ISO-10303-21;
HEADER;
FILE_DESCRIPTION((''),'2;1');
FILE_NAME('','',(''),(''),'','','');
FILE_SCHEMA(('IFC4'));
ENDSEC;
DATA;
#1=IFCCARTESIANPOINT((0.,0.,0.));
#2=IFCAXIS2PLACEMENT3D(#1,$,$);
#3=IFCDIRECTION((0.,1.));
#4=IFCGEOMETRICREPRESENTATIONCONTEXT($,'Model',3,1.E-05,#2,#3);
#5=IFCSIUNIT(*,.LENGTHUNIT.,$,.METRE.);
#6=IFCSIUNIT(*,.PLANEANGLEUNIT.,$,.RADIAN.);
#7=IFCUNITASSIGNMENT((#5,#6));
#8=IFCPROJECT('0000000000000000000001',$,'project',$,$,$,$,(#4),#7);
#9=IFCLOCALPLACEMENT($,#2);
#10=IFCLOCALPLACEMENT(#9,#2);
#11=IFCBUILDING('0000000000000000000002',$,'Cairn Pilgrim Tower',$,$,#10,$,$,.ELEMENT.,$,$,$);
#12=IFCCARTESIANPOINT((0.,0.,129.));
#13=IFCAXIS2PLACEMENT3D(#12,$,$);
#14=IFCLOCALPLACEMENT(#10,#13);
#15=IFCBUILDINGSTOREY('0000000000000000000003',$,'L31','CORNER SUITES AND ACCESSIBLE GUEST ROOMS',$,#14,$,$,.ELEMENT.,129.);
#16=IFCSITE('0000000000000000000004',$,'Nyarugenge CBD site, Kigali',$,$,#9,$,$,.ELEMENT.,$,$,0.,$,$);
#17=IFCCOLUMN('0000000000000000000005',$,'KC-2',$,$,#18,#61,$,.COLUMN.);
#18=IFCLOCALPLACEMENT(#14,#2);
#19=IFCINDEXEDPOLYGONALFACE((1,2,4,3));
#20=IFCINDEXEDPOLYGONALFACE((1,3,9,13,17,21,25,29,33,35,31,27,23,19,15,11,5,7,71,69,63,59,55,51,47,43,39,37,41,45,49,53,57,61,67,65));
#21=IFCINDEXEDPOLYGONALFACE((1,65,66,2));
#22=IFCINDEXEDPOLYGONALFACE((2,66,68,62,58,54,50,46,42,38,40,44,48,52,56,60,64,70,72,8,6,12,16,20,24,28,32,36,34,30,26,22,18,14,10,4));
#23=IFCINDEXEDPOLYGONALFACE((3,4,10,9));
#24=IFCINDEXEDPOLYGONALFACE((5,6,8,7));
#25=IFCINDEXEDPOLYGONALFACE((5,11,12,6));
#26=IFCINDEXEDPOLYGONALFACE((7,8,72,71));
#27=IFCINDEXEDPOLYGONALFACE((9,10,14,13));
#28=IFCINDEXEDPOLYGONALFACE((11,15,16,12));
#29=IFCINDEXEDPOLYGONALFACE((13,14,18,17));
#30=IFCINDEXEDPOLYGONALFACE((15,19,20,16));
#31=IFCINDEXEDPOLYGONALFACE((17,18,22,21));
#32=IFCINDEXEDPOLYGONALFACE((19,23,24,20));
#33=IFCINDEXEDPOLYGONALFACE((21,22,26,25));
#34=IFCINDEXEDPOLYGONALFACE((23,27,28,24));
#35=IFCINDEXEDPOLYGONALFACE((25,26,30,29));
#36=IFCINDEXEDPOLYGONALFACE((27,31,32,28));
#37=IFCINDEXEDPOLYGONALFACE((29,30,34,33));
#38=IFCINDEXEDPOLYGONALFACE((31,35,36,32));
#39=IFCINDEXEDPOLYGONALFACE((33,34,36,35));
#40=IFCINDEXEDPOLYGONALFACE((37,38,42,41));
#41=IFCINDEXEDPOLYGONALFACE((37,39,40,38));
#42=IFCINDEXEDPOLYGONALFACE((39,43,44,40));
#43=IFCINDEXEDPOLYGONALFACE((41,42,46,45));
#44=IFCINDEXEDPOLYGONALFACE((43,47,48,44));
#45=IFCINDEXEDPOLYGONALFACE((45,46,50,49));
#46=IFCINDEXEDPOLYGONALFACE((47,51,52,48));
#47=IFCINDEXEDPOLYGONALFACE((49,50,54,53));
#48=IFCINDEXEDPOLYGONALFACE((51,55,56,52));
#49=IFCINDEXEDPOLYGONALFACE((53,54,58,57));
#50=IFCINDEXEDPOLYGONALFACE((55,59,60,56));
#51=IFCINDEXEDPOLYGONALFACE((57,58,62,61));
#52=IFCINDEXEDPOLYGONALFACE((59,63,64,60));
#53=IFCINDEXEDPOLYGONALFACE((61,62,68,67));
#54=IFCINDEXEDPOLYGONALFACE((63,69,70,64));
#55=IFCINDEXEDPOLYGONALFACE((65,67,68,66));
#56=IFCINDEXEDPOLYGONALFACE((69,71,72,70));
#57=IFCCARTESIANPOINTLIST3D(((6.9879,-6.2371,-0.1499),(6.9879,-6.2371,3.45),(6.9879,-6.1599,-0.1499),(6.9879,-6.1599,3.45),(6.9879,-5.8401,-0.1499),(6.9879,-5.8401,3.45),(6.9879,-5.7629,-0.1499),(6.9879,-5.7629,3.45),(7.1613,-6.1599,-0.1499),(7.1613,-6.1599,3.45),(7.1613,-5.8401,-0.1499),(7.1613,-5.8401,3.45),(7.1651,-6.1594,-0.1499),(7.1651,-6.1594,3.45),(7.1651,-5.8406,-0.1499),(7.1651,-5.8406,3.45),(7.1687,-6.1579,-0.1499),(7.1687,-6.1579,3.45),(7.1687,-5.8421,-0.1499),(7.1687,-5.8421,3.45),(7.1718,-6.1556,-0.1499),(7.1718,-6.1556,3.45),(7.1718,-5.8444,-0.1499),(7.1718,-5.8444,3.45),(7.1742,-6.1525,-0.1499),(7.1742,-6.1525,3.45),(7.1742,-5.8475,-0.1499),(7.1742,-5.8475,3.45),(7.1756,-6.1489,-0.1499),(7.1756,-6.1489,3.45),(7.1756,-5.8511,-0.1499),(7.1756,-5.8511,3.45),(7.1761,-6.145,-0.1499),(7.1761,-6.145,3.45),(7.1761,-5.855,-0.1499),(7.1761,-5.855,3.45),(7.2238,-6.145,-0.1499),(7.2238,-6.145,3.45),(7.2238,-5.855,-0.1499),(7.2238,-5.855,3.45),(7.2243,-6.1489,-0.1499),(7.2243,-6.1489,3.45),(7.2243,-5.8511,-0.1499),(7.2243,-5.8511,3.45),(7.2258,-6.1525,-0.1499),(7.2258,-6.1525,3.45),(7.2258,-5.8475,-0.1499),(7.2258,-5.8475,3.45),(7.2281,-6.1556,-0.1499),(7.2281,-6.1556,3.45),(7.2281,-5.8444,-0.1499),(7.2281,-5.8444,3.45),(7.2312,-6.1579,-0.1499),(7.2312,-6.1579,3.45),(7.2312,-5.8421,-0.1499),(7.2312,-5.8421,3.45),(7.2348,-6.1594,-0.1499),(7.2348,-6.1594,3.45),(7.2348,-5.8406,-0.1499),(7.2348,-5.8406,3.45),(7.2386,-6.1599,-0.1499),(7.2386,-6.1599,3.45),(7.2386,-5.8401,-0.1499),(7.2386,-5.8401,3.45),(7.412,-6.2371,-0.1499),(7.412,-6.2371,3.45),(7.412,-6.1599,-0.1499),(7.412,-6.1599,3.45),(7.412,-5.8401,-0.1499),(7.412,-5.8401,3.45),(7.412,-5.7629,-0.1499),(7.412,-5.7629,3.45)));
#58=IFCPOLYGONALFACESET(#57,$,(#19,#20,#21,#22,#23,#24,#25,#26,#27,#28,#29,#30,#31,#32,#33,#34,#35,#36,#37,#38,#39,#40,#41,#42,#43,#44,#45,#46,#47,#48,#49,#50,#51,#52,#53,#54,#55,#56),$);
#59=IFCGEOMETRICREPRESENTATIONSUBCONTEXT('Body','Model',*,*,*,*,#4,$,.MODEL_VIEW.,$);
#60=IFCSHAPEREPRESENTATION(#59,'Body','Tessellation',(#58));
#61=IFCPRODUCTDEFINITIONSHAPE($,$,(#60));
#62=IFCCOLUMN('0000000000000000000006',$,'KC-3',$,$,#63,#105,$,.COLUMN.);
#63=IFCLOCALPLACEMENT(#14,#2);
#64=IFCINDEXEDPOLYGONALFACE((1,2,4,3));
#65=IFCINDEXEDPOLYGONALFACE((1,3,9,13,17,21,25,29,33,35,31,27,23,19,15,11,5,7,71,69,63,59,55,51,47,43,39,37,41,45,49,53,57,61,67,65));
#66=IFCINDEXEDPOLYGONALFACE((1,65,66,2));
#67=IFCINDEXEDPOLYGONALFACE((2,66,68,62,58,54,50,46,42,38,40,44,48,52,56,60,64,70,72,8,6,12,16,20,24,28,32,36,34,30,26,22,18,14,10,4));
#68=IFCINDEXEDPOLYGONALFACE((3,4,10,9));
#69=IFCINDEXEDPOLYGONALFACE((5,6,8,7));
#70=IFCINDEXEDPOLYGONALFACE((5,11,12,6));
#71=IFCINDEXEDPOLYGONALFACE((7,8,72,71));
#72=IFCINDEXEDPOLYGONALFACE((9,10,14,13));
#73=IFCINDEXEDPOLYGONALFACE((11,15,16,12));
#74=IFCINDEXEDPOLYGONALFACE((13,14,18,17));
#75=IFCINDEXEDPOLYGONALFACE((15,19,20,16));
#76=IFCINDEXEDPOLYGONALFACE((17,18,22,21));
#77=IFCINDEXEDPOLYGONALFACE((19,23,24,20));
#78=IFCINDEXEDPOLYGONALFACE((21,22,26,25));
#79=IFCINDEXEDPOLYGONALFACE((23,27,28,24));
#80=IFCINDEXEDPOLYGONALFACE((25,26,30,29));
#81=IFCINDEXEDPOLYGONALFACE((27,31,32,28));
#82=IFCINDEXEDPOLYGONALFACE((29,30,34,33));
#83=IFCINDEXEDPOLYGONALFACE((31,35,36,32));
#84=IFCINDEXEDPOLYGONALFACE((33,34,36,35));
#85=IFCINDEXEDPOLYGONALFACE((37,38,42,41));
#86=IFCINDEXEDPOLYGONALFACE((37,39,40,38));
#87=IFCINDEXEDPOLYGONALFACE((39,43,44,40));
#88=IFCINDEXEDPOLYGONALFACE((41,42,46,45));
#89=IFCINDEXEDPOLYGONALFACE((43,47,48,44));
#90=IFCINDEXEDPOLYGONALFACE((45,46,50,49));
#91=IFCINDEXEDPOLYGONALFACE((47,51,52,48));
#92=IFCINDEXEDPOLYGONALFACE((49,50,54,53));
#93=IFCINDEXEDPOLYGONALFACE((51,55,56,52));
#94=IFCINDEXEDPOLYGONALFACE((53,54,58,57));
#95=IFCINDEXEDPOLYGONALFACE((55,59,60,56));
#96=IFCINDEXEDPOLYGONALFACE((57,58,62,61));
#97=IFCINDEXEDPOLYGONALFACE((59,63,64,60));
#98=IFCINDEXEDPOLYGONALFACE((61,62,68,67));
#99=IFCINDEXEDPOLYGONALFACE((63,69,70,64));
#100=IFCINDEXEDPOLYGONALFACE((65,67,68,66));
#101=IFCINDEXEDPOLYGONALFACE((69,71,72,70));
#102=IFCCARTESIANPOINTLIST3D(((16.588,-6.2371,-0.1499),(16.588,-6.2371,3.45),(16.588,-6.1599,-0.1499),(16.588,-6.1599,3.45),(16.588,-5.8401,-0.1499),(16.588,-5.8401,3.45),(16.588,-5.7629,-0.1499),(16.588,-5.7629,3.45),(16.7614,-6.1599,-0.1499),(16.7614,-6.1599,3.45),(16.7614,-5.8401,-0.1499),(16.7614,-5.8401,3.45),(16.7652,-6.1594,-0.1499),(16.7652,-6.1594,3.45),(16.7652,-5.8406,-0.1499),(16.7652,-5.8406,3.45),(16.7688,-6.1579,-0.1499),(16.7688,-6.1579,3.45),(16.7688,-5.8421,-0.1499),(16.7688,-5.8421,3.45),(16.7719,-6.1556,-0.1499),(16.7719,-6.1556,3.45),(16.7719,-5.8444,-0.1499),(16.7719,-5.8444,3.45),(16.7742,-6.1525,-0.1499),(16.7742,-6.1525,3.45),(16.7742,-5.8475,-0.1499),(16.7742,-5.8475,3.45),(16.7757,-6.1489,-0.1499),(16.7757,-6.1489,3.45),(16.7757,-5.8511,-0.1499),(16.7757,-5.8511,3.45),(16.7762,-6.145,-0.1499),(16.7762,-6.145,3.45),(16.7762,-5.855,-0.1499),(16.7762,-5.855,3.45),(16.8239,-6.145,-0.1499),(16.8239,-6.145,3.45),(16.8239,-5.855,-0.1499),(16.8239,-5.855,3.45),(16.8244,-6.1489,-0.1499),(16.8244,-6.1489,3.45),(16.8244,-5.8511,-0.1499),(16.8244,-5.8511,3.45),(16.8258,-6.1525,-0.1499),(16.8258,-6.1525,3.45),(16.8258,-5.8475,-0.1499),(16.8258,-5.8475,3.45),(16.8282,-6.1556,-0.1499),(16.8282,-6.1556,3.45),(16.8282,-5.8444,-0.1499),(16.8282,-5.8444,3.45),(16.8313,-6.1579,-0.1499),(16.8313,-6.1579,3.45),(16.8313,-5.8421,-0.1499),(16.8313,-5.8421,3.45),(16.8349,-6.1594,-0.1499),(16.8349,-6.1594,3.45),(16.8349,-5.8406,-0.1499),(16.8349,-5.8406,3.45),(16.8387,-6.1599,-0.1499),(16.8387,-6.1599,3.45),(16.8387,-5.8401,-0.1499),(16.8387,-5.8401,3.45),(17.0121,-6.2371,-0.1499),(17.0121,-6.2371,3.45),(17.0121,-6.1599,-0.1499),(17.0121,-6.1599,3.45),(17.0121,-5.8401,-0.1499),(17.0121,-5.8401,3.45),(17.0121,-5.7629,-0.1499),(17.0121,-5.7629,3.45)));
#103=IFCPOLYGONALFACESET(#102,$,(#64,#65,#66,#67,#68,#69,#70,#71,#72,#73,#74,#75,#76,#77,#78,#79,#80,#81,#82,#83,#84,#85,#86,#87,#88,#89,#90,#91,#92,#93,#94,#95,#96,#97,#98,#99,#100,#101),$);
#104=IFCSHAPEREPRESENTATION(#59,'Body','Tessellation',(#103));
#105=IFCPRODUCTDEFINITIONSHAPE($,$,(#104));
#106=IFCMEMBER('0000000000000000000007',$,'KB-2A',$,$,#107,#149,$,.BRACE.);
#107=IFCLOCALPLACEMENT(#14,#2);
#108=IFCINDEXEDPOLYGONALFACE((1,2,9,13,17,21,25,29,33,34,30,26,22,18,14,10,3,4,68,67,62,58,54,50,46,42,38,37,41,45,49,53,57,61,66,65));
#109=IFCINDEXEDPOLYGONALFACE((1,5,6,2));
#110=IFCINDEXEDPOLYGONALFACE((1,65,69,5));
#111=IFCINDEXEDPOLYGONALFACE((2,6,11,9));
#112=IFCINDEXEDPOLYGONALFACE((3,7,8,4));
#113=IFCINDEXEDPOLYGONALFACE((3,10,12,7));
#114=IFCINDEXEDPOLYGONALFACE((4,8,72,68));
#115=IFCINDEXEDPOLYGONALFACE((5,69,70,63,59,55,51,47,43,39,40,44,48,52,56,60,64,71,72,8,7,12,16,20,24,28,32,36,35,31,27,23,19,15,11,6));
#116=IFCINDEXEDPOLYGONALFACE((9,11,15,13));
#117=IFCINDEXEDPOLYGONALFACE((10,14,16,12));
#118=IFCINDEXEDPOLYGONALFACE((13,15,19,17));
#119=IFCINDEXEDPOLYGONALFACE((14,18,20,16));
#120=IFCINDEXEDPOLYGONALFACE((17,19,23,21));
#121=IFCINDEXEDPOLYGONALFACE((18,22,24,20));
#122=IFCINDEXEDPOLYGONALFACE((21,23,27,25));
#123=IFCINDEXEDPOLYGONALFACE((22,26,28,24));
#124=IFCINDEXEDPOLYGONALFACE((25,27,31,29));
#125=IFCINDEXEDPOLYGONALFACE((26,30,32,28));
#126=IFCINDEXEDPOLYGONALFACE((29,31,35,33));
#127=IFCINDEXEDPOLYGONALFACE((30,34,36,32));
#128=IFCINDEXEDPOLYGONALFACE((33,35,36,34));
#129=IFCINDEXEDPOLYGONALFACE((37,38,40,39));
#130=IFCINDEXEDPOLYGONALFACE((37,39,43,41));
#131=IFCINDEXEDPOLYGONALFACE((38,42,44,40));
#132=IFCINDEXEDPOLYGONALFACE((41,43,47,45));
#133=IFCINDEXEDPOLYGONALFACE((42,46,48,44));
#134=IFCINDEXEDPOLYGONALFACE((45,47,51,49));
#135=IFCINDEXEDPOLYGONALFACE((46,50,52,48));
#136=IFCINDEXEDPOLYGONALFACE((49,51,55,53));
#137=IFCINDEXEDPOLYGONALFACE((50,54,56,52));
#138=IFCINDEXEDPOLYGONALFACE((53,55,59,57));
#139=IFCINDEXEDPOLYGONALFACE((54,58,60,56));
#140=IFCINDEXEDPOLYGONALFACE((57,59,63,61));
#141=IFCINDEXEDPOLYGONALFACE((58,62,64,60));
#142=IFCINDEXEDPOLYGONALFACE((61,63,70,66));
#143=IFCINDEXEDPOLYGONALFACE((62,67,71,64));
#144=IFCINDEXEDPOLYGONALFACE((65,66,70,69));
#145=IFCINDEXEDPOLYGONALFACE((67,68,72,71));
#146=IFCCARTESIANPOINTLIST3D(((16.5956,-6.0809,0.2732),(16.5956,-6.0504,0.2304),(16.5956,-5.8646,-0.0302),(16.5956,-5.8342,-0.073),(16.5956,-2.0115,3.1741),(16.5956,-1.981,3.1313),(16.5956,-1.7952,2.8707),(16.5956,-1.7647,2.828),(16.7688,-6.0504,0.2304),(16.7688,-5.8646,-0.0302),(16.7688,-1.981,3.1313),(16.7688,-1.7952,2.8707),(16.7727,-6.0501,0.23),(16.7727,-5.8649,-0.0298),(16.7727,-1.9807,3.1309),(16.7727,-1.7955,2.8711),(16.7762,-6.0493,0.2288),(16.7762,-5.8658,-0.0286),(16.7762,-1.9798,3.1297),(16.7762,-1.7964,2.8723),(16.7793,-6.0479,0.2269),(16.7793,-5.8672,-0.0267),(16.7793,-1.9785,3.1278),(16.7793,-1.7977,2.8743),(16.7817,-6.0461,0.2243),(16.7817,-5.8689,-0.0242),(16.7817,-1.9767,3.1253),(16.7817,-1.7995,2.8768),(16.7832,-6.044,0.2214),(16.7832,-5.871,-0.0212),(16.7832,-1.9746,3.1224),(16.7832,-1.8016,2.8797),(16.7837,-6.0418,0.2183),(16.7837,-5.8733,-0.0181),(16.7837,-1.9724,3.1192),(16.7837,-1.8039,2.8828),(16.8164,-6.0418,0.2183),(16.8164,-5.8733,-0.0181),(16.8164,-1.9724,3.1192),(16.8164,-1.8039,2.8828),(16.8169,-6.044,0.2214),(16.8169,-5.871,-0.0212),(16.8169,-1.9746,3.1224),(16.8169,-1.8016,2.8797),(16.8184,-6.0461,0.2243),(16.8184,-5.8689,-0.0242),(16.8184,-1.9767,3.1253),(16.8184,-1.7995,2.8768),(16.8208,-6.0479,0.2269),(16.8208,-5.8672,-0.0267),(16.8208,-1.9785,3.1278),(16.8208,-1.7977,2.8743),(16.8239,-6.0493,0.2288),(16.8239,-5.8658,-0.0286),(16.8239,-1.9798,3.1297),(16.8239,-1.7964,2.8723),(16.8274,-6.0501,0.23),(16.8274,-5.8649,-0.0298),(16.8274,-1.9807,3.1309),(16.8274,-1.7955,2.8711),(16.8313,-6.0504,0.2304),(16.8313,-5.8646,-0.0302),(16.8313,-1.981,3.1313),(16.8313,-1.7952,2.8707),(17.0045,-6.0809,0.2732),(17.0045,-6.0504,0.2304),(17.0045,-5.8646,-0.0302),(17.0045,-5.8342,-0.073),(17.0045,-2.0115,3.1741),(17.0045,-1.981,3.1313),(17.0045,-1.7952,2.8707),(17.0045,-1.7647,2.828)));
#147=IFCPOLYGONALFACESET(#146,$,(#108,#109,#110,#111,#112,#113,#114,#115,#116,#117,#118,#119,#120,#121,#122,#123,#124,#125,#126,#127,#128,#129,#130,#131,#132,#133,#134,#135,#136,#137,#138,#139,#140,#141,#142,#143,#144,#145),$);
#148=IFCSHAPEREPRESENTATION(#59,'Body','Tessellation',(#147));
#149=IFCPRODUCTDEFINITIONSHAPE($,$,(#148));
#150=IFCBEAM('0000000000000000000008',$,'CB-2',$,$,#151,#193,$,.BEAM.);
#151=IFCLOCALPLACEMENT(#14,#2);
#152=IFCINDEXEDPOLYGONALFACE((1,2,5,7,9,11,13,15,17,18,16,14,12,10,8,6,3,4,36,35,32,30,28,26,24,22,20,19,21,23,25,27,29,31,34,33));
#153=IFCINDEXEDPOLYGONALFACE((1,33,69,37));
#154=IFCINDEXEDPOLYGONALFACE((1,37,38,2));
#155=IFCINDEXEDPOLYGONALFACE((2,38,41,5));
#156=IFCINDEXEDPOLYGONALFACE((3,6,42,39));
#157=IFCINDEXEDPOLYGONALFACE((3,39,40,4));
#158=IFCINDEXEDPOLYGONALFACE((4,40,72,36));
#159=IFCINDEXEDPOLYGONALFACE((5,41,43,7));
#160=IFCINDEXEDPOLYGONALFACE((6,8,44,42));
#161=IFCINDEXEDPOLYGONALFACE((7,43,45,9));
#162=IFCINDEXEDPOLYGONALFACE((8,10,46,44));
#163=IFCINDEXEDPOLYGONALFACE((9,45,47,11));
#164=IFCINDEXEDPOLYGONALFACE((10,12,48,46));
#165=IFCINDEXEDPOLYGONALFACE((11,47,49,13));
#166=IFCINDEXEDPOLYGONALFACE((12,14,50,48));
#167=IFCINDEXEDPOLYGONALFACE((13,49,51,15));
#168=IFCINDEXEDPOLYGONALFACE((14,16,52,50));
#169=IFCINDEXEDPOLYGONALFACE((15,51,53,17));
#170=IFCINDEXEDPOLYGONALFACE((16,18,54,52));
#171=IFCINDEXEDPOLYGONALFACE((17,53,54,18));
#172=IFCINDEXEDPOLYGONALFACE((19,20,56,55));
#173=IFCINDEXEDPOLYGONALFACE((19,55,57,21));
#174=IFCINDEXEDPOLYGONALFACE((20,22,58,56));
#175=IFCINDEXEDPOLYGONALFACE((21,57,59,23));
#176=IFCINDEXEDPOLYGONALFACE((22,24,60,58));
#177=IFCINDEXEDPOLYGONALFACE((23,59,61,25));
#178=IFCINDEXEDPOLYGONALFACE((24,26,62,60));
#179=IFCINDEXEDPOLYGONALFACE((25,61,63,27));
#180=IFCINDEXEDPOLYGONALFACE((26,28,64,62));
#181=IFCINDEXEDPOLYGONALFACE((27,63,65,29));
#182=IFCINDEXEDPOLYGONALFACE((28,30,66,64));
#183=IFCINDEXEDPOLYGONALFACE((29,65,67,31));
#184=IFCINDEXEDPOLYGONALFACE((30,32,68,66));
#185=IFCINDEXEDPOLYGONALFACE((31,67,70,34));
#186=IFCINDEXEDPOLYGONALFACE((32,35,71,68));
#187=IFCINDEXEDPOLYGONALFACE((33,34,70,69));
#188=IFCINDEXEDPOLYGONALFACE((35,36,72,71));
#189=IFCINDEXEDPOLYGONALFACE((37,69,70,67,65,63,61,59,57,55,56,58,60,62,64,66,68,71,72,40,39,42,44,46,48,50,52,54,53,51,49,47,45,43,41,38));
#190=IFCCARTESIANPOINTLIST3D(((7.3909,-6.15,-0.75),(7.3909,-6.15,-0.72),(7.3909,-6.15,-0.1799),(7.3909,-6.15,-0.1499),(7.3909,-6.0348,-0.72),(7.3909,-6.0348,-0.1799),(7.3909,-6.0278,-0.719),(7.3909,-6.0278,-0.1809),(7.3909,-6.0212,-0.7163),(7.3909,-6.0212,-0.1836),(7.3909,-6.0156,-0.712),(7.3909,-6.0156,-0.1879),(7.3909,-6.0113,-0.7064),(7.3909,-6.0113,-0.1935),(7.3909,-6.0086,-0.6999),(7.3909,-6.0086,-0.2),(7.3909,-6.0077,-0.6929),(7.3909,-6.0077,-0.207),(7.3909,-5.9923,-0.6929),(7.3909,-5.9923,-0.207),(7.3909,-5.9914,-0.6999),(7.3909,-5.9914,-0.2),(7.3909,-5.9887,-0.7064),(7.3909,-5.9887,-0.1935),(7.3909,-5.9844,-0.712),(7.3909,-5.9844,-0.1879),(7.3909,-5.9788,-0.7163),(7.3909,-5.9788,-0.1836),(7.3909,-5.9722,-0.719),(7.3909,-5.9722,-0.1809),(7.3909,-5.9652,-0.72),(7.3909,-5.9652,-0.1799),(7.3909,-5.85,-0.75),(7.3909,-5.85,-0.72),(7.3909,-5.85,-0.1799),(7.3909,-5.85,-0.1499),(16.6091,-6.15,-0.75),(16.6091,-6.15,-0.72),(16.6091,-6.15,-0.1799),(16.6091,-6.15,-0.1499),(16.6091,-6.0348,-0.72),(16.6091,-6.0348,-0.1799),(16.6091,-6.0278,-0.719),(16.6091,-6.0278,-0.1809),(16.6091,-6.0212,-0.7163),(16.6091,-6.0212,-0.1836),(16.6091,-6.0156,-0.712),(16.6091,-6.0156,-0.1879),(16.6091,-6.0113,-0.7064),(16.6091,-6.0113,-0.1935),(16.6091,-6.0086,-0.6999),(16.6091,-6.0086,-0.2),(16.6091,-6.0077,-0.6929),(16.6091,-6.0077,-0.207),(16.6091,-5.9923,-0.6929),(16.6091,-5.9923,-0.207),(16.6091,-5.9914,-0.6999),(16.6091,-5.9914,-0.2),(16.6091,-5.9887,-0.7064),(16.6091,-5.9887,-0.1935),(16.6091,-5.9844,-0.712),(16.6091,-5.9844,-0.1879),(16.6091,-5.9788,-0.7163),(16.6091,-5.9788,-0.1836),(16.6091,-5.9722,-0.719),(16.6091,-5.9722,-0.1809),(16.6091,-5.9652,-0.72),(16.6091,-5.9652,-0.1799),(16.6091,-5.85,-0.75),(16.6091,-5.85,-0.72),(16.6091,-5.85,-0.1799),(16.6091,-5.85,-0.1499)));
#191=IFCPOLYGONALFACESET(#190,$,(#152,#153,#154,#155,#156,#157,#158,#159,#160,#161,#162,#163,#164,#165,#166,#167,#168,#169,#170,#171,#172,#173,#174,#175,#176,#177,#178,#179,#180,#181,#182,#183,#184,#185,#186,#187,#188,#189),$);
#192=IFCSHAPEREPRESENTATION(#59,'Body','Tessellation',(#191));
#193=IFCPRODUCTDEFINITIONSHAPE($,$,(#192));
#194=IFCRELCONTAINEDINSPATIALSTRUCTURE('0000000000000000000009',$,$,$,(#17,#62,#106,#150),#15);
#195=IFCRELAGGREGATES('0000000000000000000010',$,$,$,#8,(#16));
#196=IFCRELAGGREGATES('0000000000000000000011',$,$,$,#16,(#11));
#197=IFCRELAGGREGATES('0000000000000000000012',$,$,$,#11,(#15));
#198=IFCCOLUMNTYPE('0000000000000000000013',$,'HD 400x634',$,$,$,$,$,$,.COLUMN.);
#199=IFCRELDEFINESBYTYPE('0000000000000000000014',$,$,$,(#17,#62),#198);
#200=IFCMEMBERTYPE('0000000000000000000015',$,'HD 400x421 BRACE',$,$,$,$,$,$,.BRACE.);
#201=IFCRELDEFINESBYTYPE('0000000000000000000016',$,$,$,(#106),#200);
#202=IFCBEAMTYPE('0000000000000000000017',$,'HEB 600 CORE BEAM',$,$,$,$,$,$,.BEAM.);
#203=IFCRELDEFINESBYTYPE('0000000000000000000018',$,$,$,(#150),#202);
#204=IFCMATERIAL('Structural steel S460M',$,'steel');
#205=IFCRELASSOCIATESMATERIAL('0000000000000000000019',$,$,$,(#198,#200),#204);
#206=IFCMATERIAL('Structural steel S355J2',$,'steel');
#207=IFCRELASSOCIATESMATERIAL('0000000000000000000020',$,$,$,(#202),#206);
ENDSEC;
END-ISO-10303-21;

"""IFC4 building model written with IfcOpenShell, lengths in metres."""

from ifc_helpers import new_model, si_unit, direction, frame, origin, origin_2d, place, context, subcontext, project, spatial, i_section, extrude, material, material_profile, profile_set, type_object, element, save


model = new_model("IFC4")

# Units and contexts
model_context = context("Model", 3, precision=1e-05, world=origin(), true_north=direction((0.0, 1.0)))
body_context = subcontext(model_context, "Body", "Model", "MODEL_VIEW")
ifc_project = project(units=[si_unit("LENGTHUNIT", "METRE"), si_unit("PLANEANGLEUNIT", "RADIAN")], contexts=[model_context])

# Site, building, storey
site_placement = place(None, origin())
site = spatial("IfcSite", under=ifc_project, at=site_placement, Name="Nyarugenge CBD site, Kigali", CompositionType="ELEMENT", RefElevation=0.0)
building_placement = place(site_placement, origin())
building = spatial("IfcBuilding", under=site, at=building_placement, Name="Cairn Pilgrim Tower", CompositionType="ELEMENT")
storey_placement = place(building_placement, frame((0.0, 0.0, 129.0)))
storey = spatial("IfcBuildingStorey", under=building, at=storey_placement, Name="L31", Description="CORNER SUITES AND ACCESSIBLE GUEST ROOMS", CompositionType="ELEMENT", Elevation=129.0)

# Columns
ifc_material_1 = material(Name="Structural steel S460M", Category="steel")
ifc_material_profile_1 = material_profile(ifc_material_1, i_section(OverallWidth=0.4241, OverallDepth=0.4741, WebThickness=0.0476, FlangeThickness=0.0771, FilletRadius=0.0149, at=origin_2d()), Name="HD 400x634")
ifc_profile_set_1 = profile_set([ifc_material_profile_1], Name="Structural steel S460M")
column_type = type_object("IfcColumnType", Name="HD 400x634", PredefinedType="COLUMN", material=ifc_profile_set_1)
for number, where, z_axis, x_axis, name in (
    (1, (7.2, -6.0, -0.1499), (0.0, 0.0, 1.0), (1.0, 0.0, 0.0), "KC-2"),
    (2, (16.8, -6.0, -0.1499), (0.0, 0.0, 1.0), (1.0, 0.0, 0.0), "KC-3"),
):
    element("IfcColumn", number, at=place(storey_placement, frame(where, z_axis=z_axis, x_axis=x_axis)), inside=storey, type_object=column_type, Name=name, PredefinedType="COLUMN", context=body_context, shape_type="SweptSolid", body=[
        extrude(i_section(OverallWidth=0.4241, OverallDepth=0.4741, WebThickness=0.0476, FlangeThickness=0.0771, FilletRadius=0.0149, at=origin_2d()), origin(), (0.0, 0.0, 1.0), 3.5999),
    ])

# Member
ifc_material_profile_2 = material_profile(ifc_material_1, i_section(OverallWidth=0.4089, OverallDepth=0.425, WebThickness=0.0327, FlangeThickness=0.0525, FilletRadius=0.0149, at=origin_2d()), Name="HD 400x421")
ifc_profile_set_2 = profile_set([ifc_material_profile_2], Name="Structural steel S460M")
member_type = type_object("IfcMemberType", Name="HD 400x421 BRACE", PredefinedType="BRACE", material=ifc_profile_set_2)
member_placement = place(storey_placement, frame((16.8, -5.9575, 0.1001), z_axis=(0.0, 0.814281, 0.580471), x_axis=(-1.0, 0.0, 0.0)))
element("IfcMember", 3, at=member_placement, inside=storey, type_object=member_type, Name="KB-2A", PredefinedType="BRACE", context=body_context, shape_type="SweptSolid", body=[
    extrude(i_section(OverallWidth=0.4089, OverallDepth=0.425, WebThickness=0.0327, FlangeThickness=0.0525, FilletRadius=0.0149, at=origin_2d()), origin(), (0.0, 0.0, 1.0), 4.9976),
])

# Beam
ifc_material_2 = material(Name="Structural steel S355J2", Category="steel")
ifc_material_profile_3 = material_profile(ifc_material_2, i_section(OverallWidth=0.3, OverallDepth=0.6001, WebThickness=0.0154, FlangeThickness=0.03, FilletRadius=0.0271, at=origin_2d()), Name="HEB 600")
ifc_profile_set_3 = profile_set([ifc_material_profile_3], Name="Structural steel S355J2")
beam_type_1 = type_object("IfcBeamType", Name="HEB 600 CORE BEAM", PredefinedType="BEAM", material=ifc_profile_set_3)
beam_1_placement = place(storey_placement, frame((7.3909, -6.0, -0.45), z_axis=(1.0, 0.0, 0.0), x_axis=(0.0, 1.0, 0.0)))
element("IfcBeam", 4, at=beam_1_placement, inside=storey, type_object=beam_type_1, Name="CB-2", PredefinedType="BEAM", context=body_context, shape_type="SweptSolid", body=[
    extrude(i_section(OverallWidth=0.3, OverallDepth=0.6001, WebThickness=0.0154, FlangeThickness=0.03, FilletRadius=0.0271, at=origin_2d()), origin(), (0.0, 0.0, 1.0), 9.2183),
])

save(model, "model.ifc")
